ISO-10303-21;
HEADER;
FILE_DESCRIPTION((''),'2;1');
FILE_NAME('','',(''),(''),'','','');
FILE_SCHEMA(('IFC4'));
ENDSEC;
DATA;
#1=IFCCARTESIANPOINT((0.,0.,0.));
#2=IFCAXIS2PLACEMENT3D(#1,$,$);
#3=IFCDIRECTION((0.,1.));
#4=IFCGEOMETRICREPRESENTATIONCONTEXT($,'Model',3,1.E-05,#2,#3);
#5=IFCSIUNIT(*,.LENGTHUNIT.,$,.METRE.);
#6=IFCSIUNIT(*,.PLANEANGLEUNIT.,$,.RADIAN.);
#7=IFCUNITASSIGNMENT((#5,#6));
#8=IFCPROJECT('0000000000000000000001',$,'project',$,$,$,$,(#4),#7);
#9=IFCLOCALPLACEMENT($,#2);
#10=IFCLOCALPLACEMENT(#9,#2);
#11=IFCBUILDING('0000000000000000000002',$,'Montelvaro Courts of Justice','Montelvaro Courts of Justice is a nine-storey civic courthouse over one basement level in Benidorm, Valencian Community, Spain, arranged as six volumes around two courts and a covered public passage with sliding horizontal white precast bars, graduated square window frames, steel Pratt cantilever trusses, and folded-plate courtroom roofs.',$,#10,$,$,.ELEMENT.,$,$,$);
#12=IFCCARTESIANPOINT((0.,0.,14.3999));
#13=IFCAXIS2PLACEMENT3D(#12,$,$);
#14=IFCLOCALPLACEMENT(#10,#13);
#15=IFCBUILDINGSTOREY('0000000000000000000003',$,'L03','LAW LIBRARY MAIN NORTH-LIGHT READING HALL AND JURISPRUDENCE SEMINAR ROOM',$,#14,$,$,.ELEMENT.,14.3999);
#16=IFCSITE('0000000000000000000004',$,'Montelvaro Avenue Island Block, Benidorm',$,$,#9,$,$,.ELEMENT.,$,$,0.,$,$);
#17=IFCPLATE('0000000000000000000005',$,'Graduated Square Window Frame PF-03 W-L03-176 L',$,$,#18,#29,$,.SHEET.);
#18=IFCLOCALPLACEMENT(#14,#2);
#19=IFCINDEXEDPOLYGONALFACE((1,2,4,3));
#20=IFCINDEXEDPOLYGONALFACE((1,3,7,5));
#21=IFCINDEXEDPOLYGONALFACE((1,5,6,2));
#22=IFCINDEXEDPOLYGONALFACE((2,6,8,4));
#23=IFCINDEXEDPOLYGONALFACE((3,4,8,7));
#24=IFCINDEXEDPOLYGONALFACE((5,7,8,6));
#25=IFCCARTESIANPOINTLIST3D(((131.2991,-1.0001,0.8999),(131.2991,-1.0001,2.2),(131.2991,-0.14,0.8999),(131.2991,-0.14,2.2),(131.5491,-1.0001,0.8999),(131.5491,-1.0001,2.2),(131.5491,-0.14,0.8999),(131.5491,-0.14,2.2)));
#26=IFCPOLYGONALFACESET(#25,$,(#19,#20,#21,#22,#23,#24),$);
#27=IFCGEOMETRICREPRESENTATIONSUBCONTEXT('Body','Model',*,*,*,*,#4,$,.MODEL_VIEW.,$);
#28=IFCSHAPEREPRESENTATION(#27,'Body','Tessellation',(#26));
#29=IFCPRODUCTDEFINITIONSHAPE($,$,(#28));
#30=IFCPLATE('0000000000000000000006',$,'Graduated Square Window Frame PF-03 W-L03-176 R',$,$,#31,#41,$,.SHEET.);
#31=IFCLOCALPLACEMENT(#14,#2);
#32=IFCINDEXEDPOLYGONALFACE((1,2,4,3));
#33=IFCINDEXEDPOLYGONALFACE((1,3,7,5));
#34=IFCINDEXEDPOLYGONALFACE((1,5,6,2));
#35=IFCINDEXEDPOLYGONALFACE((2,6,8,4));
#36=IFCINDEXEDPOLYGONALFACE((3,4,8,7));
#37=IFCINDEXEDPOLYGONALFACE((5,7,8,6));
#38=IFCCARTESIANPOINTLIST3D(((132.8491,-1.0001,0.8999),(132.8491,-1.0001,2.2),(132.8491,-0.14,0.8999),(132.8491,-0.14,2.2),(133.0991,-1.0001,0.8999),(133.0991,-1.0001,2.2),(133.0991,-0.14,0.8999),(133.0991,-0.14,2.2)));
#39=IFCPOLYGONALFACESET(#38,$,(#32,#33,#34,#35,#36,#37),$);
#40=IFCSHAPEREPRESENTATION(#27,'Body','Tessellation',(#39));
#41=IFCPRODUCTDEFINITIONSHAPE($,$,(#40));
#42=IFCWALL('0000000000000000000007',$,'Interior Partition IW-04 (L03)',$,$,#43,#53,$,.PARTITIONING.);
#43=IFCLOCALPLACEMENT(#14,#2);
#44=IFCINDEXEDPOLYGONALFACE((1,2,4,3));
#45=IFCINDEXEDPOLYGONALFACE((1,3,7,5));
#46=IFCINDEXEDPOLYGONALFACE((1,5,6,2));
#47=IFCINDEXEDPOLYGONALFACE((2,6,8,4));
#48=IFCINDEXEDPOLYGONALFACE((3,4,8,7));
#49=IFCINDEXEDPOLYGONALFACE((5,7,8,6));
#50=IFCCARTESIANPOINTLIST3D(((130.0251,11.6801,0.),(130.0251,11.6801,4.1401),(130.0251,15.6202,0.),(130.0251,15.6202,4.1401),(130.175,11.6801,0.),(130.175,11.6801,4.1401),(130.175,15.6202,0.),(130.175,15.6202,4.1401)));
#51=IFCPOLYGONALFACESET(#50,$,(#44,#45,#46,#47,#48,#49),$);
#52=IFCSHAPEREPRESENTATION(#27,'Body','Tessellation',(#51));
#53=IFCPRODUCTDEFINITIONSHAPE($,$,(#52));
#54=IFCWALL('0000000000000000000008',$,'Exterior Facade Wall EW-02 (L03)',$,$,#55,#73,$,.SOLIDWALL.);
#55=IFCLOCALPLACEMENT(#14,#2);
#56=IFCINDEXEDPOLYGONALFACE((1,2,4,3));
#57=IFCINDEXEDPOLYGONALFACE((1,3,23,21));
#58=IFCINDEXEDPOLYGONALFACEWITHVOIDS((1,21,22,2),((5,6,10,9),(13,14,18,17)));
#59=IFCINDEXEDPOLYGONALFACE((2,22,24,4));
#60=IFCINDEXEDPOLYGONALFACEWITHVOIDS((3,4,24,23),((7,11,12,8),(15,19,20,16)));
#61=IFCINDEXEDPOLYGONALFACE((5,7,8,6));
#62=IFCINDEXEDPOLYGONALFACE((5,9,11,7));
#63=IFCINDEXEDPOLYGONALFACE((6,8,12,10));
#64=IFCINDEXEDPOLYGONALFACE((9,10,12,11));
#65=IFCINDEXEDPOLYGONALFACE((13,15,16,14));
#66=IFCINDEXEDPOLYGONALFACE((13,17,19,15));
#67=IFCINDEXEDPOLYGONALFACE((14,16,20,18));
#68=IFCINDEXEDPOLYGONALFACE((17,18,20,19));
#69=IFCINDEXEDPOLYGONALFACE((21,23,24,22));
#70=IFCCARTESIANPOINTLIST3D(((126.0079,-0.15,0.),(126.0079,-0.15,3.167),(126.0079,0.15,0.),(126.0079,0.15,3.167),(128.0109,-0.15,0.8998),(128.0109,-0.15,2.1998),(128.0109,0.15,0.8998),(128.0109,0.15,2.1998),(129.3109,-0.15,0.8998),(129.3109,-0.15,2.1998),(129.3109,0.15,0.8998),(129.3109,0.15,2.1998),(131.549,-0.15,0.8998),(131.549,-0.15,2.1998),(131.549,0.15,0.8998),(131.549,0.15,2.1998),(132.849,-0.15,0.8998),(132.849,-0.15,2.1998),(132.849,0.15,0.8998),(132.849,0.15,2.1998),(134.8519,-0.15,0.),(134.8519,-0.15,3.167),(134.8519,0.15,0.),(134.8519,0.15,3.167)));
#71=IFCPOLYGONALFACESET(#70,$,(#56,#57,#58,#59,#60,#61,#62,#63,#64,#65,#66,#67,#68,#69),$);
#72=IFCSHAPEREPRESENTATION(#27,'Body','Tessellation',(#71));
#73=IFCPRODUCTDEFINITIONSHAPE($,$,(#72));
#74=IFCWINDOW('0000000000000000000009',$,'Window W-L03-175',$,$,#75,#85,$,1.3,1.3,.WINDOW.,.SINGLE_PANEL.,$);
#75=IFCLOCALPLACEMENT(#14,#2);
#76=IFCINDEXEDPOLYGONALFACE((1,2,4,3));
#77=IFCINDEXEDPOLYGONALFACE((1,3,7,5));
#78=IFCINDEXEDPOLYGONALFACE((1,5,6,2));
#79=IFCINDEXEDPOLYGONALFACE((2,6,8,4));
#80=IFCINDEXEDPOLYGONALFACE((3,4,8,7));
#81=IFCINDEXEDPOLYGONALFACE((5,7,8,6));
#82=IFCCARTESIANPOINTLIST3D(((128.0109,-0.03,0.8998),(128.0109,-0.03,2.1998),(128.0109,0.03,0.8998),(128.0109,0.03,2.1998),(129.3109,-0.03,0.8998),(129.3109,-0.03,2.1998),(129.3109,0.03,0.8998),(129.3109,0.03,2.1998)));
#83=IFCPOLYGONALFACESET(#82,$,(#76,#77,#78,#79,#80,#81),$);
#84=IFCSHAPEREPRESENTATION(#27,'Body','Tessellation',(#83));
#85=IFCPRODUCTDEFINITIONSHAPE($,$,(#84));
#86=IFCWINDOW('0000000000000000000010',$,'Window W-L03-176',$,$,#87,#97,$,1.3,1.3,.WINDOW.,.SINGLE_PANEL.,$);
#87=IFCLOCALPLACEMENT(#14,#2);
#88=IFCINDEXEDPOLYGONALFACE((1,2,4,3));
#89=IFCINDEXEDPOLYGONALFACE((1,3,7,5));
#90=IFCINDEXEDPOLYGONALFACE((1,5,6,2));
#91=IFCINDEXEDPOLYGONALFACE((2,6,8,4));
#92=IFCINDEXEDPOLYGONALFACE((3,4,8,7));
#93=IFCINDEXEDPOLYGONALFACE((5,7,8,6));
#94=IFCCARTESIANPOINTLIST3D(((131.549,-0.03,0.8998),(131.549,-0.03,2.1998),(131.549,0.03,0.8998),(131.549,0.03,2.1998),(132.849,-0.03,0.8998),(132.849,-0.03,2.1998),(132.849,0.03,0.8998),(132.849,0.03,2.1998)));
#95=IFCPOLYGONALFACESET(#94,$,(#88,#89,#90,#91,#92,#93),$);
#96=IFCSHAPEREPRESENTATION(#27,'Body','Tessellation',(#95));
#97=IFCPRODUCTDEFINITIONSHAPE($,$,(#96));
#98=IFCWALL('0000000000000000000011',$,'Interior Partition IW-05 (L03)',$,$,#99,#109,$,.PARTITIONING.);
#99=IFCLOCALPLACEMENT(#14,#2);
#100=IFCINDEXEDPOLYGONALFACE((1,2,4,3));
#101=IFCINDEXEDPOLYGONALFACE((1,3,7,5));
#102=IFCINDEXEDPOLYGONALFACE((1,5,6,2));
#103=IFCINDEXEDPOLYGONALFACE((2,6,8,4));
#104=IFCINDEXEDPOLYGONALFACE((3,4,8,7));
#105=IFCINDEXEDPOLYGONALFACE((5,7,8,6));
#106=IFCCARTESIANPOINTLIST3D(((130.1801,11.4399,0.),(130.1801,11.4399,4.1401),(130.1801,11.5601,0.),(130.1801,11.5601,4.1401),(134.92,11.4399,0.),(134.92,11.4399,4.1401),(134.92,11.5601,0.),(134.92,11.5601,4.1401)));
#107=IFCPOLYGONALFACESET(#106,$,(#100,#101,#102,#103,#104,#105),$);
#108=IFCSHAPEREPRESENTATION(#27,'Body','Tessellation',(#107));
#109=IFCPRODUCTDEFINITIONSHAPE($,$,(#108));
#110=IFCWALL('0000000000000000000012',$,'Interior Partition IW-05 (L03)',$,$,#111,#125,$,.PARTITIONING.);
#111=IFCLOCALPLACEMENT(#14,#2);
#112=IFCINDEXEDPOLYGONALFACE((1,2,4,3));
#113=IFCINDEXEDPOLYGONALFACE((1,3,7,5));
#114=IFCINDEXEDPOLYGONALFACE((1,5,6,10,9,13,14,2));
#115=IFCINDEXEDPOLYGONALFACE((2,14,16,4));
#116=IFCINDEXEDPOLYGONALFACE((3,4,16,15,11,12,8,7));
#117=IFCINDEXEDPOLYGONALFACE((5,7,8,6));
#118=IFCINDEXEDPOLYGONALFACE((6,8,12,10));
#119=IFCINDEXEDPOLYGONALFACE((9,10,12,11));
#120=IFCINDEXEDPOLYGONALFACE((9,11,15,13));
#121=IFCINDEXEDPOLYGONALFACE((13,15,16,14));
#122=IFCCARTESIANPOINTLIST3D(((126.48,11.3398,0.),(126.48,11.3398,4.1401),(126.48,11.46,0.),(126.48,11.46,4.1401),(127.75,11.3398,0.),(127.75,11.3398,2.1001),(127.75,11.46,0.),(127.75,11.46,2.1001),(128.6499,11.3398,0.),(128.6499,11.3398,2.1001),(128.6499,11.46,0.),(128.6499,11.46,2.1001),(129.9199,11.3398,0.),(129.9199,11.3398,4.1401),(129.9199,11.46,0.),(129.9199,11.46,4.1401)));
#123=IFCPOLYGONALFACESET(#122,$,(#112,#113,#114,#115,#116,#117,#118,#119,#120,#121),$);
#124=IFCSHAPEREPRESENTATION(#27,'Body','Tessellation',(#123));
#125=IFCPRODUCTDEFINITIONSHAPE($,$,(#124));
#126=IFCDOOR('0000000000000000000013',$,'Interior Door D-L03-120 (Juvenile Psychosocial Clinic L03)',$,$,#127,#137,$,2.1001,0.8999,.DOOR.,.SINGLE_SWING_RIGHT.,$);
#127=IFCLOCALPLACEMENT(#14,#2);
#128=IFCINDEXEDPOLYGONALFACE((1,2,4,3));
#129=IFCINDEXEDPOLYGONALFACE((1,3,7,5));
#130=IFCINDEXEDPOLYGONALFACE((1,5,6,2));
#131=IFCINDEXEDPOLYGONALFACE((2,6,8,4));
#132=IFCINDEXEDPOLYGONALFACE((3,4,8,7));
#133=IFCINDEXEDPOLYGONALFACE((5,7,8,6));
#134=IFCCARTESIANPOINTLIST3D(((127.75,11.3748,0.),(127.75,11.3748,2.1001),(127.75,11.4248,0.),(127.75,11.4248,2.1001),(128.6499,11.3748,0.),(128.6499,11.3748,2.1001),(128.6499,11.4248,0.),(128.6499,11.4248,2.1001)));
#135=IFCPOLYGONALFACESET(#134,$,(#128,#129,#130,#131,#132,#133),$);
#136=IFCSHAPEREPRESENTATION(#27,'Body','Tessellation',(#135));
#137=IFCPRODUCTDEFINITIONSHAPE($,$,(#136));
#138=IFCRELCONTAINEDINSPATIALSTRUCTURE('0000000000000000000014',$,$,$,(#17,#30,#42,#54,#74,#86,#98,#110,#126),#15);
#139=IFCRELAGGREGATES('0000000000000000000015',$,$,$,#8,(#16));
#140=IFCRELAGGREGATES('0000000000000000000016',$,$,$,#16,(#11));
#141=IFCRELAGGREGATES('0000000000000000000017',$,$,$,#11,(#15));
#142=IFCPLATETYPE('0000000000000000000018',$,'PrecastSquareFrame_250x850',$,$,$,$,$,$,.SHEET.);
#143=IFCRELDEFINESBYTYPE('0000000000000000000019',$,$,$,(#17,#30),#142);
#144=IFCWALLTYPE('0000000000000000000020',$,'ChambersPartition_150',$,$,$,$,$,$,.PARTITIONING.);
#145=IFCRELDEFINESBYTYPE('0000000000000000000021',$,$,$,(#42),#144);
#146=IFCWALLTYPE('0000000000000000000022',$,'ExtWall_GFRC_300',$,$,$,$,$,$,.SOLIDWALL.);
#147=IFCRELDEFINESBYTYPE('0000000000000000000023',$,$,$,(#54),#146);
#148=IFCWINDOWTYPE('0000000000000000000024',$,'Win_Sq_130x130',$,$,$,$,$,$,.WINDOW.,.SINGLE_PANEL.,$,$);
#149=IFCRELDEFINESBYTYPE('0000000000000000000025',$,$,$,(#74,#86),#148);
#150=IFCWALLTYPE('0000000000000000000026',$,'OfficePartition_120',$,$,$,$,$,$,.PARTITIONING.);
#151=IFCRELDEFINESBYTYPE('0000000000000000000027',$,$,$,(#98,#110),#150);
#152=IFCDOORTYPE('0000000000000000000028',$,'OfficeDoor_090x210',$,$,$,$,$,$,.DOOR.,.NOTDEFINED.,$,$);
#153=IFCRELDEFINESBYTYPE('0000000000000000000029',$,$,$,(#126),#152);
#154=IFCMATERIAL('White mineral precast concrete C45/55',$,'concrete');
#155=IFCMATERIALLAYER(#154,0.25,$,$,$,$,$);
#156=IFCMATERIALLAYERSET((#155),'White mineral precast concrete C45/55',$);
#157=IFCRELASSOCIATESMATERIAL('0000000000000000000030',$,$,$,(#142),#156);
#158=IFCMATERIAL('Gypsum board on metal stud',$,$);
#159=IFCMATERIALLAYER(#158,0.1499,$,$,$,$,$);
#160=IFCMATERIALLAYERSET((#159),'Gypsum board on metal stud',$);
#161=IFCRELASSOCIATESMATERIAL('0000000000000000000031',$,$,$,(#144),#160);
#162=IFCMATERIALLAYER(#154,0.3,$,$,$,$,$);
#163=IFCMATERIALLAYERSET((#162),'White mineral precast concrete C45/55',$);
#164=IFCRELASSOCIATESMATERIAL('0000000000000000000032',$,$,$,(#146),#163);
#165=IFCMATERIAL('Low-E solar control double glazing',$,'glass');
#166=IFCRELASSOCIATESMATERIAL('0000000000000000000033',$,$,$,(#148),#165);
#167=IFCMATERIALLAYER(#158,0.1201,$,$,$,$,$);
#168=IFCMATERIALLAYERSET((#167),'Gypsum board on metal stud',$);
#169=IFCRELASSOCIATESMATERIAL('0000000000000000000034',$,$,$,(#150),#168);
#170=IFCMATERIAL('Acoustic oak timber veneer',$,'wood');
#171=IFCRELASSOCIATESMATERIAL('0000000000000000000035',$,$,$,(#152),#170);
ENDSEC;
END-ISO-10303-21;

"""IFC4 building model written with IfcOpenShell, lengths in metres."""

from ifc_helpers import new_model, si_unit, direction, frame, frame_2d, origin, origin_2d, place, context, subcontext, project, spatial, rectangle, extrude, material, layer, layer_set, type_object, element, fill, save


model = new_model("IFC4")

# Units and contexts
model_context = context("Model", 3, precision=1e-05, world=origin(), true_north=direction((0.0, 1.0)))
body_context = subcontext(model_context, "Body", "Model", "MODEL_VIEW")
ifc_project = project(units=[si_unit("LENGTHUNIT", "METRE"), si_unit("PLANEANGLEUNIT", "RADIAN")], contexts=[model_context])

# Site, building, storey
site_placement = place(None, origin())
site = spatial("IfcSite", under=ifc_project, at=site_placement, Name="Montelvaro Avenue Island Block, Benidorm", CompositionType="ELEMENT", RefElevation=0.0)
building_placement = place(site_placement, origin())
building = spatial("IfcBuilding", under=site, at=building_placement, Name="Montelvaro Courts of Justice", Description="Montelvaro Courts of Justice is a nine-storey civic courthouse over one basement level in Benidorm, Valencian Community, Spain, arranged as six volumes around two courts and a covered public passage with sliding horizontal white precast bars, graduated square window frames, steel Pratt cantilever trusses, and folded-plate courtroom roofs.", CompositionType="ELEMENT")
storey_placement = place(building_placement, frame((0.0, 0.0, 14.3999)))
storey = spatial("IfcBuildingStorey", under=building, at=storey_placement, Name="L03", Description="LAW LIBRARY MAIN NORTH-LIGHT READING HALL AND JURISPRUDENCE SEMINAR ROOM", CompositionType="ELEMENT", Elevation=14.3999)

# Plates
ifc_material_1 = material(Name="White mineral precast concrete C45/55", Category="concrete")
ifc_layer_1 = layer(ifc_material_1, 0.25)
ifc_layer_set_1 = layer_set([ifc_layer_1], Name="White mineral precast concrete C45/55")
plate_type = type_object("IfcPlateType", Name="PrecastSquareFrame_250x850", PredefinedType="SHEET", material=ifc_layer_set_1)
for number, where, z_axis, x_axis, name in (
    (1, (131.4241, -0.5701, 0.8999), (0.0, 0.0, 1.0), (1.0, 0.0, 0.0), "Graduated Square Window Frame PF-03 W-L03-176 L"),
    (2, (132.9741, -0.5701, 0.8999), (0.0, 0.0, 1.0), (1.0, 0.0, 0.0), "Graduated Square Window Frame PF-03 W-L03-176 R"),
):
    element("IfcPlate", number, at=place(storey_placement, frame(where, z_axis=z_axis, x_axis=x_axis)), inside=storey, type_object=plate_type, Name=name, PredefinedType="SHEET", context=body_context, shape_type="SweptSolid", body=[
        extrude(rectangle(XDim=0.25, YDim=0.8601, at=origin_2d()), origin(), (0.0, 0.0, 1.0), 1.3),
    ])

# Wall
ifc_material_2 = material(Name="Gypsum board on metal stud")
ifc_layer_2 = layer(ifc_material_2, 0.1499)
ifc_layer_set_2 = layer_set([ifc_layer_2], Name="Gypsum board on metal stud")
wall_type_1 = type_object("IfcWallType", Name="ChambersPartition_150", PredefinedType="PARTITIONING", material=ifc_layer_set_2)
wall_1_placement = place(storey_placement, frame((130.1001, 11.6799, 0.0), z_axis=(0.0, 0.0, 1.0), x_axis=(0.0, 1.0, 0.0)))
element("IfcWall", 3, at=wall_1_placement, inside=storey, type_object=wall_type_1, Name="Interior Partition IW-04 (L03)", PredefinedType="PARTITIONING", context=body_context, shape_type="SweptSolid", body=[
    extrude(rectangle(XDim=3.9402, YDim=0.1499, at=frame_2d((1.9702, 0.0))), origin(), (0.0, 0.0, 1.0), 4.1401),
])

# Wall, openings, windows
ifc_layer_3 = layer(ifc_material_1, 0.3)
ifc_layer_set_3 = layer_set([ifc_layer_3], Name="White mineral precast concrete C45/55")
wall_type_2 = type_object("IfcWallType", Name="ExtWall_GFRC_300", PredefinedType="SOLIDWALL", material=ifc_layer_set_3)
wall_2_placement = place(storey_placement, frame((126.0081, 0.0, 0.0), z_axis=(0.0, 0.0, 1.0), x_axis=(1.0, 0.0, 0.0)))
wall_2 = element("IfcWall", 4, at=wall_2_placement, inside=storey, type_object=wall_type_2, Name="Exterior Facade Wall EW-02 (L03)", PredefinedType="SOLIDWALL", context=body_context, shape_type="SweptSolid", body=[
    extrude(rectangle(XDim=8.844, YDim=0.3, at=frame_2d((4.4219, 0.0))), origin(), (0.0, 0.0, 1.0), 3.167),
])
opening_1_placement = place(wall_2_placement, frame((2.0029, 0.0, 0.8999)))
opening_1 = element("IfcOpeningElement", 5, at=opening_1_placement, cuts=wall_2, PredefinedType="OPENING", context=body_context, shape_type="SweptSolid", body=[
    extrude(rectangle(XDim=1.3, YDim=1.3, at=frame_2d((0.6499, 0.6499))), frame((0.0, 0.165, 0.0), z_axis=(0.0, -1.0, 0.0), x_axis=(1.0, 0.0, 0.0)), (0.0, 0.0, 1.0), 0.3298),
])
opening_2_placement = place(wall_2_placement, frame((5.541, 0.0, 0.8999)))
opening_2 = element("IfcOpeningElement", 6, at=opening_2_placement, cuts=wall_2, PredefinedType="OPENING", context=body_context, shape_type="SweptSolid", body=[
    extrude(rectangle(XDim=1.3, YDim=1.3, at=frame_2d((0.6499, 0.6499))), frame((0.0, 0.165, 0.0), z_axis=(0.0, -1.0, 0.0), x_axis=(1.0, 0.0, 0.0)), (0.0, 0.0, 1.0), 0.3298),
])
ifc_material_3 = material(Name="Low-E solar control double glazing", Category="glass")
window_type = type_object("IfcWindowType", Name="Win_Sq_130x130", PartitioningType="SINGLE_PANEL", PredefinedType="WINDOW", material=ifc_material_3)
window_1_placement = place(opening_1_placement, origin())
window_1 = element("IfcWindow", 7, at=window_1_placement, inside=storey, type_object=window_type, Name="Window W-L03-175", OverallHeight=1.3, OverallWidth=1.3, PartitioningType="SINGLE_PANEL", PredefinedType="WINDOW", context=body_context, shape_type="SweptSolid", body=[
    extrude(rectangle(XDim=1.3, YDim=1.3, at=frame_2d((0.6499, 0.6499))), frame((0.0, 0.03, 0.0), z_axis=(0.0, -1.0, 0.0), x_axis=(1.0, 0.0, 0.0)), (0.0, 0.0, 1.0), 0.0601),
])
fill(opening_1, window_1)
window_2_placement = place(opening_2_placement, origin())
window_2 = element("IfcWindow", 8, at=window_2_placement, inside=storey, type_object=window_type, Name="Window W-L03-176", OverallHeight=1.3, OverallWidth=1.3, PartitioningType="SINGLE_PANEL", PredefinedType="WINDOW", context=body_context, shape_type="SweptSolid", body=[
    extrude(rectangle(XDim=1.3, YDim=1.3, at=frame_2d((0.6499, 0.6499))), frame((0.0, 0.03, 0.0), z_axis=(0.0, -1.0, 0.0), x_axis=(1.0, 0.0, 0.0)), (0.0, 0.0, 1.0), 0.0601),
])
fill(opening_2, window_2)

# Wall
ifc_layer_4 = layer(ifc_material_2, 0.1201)
ifc_layer_set_4 = layer_set([ifc_layer_4], Name="Gypsum board on metal stud")
wall_type_3 = type_object("IfcWallType", Name="OfficePartition_120", PredefinedType="PARTITIONING", material=ifc_layer_set_4)
wall_3_placement = place(storey_placement, frame((130.1799, 11.5, 0.0), z_axis=(0.0, 0.0, 1.0), x_axis=(1.0, 0.0, 0.0)))
element("IfcWall", 9, at=wall_3_placement, inside=storey, type_object=wall_type_3, Name="Interior Partition IW-05 (L03)", PredefinedType="PARTITIONING", context=body_context, shape_type="SweptSolid", body=[
    extrude(rectangle(XDim=4.74, YDim=0.1201, at=frame_2d((2.3701, 0.0))), origin(), (0.0, 0.0, 1.0), 4.1401),
])

# Wall, opening, door
wall_4_placement = place(storey_placement, frame((126.48, 11.3999, 0.0), z_axis=(0.0, 0.0, 1.0), x_axis=(1.0, 0.0, 0.0)))
wall_4 = element("IfcWall", 10, at=wall_4_placement, inside=storey, type_object=wall_type_3, Name="Interior Partition IW-05 (L03)", PredefinedType="PARTITIONING", context=body_context, shape_type="SweptSolid", body=[
    extrude(rectangle(XDim=3.4399, YDim=0.1201, at=frame_2d((1.72, 0.0))), origin(), (0.0, 0.0, 1.0), 4.1401),
])
opening_3_placement = place(wall_4_placement, frame((1.27, 0.0, 0.0)))
opening_3 = element("IfcOpeningElement", 11, at=opening_3_placement, cuts=wall_4, PredefinedType="OPENING", context=body_context, shape_type="SweptSolid", body=[
    extrude(rectangle(XDim=0.8999, YDim=2.1001, at=frame_2d((0.45, 1.05))), frame((0.0, 0.075, 0.0), z_axis=(0.0, -1.0, 0.0), x_axis=(1.0, 0.0, 0.0)), (0.0, 0.0, 1.0), 0.1499),
])
ifc_material_4 = material(Name="Acoustic oak timber veneer", Category="wood")
door_type = type_object("IfcDoorType", Name="OfficeDoor_090x210", OperationType="NOTDEFINED", PredefinedType="DOOR", material=ifc_material_4)
door_placement = place(opening_3_placement, origin())
door = element("IfcDoor", 12, at=door_placement, inside=storey, type_object=door_type, Name="Interior Door D-L03-120 (Juvenile Psychosocial Clinic L03)", OperationType="SINGLE_SWING_RIGHT", OverallHeight=2.1001, OverallWidth=0.8999, PredefinedType="DOOR", context=body_context, shape_type="SweptSolid", body=[
    extrude(rectangle(XDim=0.8999, YDim=2.1001, at=frame_2d((0.45, 1.05))), frame((0.0, 0.0249, 0.0), z_axis=(0.0, -1.0, 0.0), x_axis=(1.0, 0.0, 0.0)), (0.0, 0.0, 1.0), 0.05),
])
fill(opening_3, door)

save(model, "model.ifc")
